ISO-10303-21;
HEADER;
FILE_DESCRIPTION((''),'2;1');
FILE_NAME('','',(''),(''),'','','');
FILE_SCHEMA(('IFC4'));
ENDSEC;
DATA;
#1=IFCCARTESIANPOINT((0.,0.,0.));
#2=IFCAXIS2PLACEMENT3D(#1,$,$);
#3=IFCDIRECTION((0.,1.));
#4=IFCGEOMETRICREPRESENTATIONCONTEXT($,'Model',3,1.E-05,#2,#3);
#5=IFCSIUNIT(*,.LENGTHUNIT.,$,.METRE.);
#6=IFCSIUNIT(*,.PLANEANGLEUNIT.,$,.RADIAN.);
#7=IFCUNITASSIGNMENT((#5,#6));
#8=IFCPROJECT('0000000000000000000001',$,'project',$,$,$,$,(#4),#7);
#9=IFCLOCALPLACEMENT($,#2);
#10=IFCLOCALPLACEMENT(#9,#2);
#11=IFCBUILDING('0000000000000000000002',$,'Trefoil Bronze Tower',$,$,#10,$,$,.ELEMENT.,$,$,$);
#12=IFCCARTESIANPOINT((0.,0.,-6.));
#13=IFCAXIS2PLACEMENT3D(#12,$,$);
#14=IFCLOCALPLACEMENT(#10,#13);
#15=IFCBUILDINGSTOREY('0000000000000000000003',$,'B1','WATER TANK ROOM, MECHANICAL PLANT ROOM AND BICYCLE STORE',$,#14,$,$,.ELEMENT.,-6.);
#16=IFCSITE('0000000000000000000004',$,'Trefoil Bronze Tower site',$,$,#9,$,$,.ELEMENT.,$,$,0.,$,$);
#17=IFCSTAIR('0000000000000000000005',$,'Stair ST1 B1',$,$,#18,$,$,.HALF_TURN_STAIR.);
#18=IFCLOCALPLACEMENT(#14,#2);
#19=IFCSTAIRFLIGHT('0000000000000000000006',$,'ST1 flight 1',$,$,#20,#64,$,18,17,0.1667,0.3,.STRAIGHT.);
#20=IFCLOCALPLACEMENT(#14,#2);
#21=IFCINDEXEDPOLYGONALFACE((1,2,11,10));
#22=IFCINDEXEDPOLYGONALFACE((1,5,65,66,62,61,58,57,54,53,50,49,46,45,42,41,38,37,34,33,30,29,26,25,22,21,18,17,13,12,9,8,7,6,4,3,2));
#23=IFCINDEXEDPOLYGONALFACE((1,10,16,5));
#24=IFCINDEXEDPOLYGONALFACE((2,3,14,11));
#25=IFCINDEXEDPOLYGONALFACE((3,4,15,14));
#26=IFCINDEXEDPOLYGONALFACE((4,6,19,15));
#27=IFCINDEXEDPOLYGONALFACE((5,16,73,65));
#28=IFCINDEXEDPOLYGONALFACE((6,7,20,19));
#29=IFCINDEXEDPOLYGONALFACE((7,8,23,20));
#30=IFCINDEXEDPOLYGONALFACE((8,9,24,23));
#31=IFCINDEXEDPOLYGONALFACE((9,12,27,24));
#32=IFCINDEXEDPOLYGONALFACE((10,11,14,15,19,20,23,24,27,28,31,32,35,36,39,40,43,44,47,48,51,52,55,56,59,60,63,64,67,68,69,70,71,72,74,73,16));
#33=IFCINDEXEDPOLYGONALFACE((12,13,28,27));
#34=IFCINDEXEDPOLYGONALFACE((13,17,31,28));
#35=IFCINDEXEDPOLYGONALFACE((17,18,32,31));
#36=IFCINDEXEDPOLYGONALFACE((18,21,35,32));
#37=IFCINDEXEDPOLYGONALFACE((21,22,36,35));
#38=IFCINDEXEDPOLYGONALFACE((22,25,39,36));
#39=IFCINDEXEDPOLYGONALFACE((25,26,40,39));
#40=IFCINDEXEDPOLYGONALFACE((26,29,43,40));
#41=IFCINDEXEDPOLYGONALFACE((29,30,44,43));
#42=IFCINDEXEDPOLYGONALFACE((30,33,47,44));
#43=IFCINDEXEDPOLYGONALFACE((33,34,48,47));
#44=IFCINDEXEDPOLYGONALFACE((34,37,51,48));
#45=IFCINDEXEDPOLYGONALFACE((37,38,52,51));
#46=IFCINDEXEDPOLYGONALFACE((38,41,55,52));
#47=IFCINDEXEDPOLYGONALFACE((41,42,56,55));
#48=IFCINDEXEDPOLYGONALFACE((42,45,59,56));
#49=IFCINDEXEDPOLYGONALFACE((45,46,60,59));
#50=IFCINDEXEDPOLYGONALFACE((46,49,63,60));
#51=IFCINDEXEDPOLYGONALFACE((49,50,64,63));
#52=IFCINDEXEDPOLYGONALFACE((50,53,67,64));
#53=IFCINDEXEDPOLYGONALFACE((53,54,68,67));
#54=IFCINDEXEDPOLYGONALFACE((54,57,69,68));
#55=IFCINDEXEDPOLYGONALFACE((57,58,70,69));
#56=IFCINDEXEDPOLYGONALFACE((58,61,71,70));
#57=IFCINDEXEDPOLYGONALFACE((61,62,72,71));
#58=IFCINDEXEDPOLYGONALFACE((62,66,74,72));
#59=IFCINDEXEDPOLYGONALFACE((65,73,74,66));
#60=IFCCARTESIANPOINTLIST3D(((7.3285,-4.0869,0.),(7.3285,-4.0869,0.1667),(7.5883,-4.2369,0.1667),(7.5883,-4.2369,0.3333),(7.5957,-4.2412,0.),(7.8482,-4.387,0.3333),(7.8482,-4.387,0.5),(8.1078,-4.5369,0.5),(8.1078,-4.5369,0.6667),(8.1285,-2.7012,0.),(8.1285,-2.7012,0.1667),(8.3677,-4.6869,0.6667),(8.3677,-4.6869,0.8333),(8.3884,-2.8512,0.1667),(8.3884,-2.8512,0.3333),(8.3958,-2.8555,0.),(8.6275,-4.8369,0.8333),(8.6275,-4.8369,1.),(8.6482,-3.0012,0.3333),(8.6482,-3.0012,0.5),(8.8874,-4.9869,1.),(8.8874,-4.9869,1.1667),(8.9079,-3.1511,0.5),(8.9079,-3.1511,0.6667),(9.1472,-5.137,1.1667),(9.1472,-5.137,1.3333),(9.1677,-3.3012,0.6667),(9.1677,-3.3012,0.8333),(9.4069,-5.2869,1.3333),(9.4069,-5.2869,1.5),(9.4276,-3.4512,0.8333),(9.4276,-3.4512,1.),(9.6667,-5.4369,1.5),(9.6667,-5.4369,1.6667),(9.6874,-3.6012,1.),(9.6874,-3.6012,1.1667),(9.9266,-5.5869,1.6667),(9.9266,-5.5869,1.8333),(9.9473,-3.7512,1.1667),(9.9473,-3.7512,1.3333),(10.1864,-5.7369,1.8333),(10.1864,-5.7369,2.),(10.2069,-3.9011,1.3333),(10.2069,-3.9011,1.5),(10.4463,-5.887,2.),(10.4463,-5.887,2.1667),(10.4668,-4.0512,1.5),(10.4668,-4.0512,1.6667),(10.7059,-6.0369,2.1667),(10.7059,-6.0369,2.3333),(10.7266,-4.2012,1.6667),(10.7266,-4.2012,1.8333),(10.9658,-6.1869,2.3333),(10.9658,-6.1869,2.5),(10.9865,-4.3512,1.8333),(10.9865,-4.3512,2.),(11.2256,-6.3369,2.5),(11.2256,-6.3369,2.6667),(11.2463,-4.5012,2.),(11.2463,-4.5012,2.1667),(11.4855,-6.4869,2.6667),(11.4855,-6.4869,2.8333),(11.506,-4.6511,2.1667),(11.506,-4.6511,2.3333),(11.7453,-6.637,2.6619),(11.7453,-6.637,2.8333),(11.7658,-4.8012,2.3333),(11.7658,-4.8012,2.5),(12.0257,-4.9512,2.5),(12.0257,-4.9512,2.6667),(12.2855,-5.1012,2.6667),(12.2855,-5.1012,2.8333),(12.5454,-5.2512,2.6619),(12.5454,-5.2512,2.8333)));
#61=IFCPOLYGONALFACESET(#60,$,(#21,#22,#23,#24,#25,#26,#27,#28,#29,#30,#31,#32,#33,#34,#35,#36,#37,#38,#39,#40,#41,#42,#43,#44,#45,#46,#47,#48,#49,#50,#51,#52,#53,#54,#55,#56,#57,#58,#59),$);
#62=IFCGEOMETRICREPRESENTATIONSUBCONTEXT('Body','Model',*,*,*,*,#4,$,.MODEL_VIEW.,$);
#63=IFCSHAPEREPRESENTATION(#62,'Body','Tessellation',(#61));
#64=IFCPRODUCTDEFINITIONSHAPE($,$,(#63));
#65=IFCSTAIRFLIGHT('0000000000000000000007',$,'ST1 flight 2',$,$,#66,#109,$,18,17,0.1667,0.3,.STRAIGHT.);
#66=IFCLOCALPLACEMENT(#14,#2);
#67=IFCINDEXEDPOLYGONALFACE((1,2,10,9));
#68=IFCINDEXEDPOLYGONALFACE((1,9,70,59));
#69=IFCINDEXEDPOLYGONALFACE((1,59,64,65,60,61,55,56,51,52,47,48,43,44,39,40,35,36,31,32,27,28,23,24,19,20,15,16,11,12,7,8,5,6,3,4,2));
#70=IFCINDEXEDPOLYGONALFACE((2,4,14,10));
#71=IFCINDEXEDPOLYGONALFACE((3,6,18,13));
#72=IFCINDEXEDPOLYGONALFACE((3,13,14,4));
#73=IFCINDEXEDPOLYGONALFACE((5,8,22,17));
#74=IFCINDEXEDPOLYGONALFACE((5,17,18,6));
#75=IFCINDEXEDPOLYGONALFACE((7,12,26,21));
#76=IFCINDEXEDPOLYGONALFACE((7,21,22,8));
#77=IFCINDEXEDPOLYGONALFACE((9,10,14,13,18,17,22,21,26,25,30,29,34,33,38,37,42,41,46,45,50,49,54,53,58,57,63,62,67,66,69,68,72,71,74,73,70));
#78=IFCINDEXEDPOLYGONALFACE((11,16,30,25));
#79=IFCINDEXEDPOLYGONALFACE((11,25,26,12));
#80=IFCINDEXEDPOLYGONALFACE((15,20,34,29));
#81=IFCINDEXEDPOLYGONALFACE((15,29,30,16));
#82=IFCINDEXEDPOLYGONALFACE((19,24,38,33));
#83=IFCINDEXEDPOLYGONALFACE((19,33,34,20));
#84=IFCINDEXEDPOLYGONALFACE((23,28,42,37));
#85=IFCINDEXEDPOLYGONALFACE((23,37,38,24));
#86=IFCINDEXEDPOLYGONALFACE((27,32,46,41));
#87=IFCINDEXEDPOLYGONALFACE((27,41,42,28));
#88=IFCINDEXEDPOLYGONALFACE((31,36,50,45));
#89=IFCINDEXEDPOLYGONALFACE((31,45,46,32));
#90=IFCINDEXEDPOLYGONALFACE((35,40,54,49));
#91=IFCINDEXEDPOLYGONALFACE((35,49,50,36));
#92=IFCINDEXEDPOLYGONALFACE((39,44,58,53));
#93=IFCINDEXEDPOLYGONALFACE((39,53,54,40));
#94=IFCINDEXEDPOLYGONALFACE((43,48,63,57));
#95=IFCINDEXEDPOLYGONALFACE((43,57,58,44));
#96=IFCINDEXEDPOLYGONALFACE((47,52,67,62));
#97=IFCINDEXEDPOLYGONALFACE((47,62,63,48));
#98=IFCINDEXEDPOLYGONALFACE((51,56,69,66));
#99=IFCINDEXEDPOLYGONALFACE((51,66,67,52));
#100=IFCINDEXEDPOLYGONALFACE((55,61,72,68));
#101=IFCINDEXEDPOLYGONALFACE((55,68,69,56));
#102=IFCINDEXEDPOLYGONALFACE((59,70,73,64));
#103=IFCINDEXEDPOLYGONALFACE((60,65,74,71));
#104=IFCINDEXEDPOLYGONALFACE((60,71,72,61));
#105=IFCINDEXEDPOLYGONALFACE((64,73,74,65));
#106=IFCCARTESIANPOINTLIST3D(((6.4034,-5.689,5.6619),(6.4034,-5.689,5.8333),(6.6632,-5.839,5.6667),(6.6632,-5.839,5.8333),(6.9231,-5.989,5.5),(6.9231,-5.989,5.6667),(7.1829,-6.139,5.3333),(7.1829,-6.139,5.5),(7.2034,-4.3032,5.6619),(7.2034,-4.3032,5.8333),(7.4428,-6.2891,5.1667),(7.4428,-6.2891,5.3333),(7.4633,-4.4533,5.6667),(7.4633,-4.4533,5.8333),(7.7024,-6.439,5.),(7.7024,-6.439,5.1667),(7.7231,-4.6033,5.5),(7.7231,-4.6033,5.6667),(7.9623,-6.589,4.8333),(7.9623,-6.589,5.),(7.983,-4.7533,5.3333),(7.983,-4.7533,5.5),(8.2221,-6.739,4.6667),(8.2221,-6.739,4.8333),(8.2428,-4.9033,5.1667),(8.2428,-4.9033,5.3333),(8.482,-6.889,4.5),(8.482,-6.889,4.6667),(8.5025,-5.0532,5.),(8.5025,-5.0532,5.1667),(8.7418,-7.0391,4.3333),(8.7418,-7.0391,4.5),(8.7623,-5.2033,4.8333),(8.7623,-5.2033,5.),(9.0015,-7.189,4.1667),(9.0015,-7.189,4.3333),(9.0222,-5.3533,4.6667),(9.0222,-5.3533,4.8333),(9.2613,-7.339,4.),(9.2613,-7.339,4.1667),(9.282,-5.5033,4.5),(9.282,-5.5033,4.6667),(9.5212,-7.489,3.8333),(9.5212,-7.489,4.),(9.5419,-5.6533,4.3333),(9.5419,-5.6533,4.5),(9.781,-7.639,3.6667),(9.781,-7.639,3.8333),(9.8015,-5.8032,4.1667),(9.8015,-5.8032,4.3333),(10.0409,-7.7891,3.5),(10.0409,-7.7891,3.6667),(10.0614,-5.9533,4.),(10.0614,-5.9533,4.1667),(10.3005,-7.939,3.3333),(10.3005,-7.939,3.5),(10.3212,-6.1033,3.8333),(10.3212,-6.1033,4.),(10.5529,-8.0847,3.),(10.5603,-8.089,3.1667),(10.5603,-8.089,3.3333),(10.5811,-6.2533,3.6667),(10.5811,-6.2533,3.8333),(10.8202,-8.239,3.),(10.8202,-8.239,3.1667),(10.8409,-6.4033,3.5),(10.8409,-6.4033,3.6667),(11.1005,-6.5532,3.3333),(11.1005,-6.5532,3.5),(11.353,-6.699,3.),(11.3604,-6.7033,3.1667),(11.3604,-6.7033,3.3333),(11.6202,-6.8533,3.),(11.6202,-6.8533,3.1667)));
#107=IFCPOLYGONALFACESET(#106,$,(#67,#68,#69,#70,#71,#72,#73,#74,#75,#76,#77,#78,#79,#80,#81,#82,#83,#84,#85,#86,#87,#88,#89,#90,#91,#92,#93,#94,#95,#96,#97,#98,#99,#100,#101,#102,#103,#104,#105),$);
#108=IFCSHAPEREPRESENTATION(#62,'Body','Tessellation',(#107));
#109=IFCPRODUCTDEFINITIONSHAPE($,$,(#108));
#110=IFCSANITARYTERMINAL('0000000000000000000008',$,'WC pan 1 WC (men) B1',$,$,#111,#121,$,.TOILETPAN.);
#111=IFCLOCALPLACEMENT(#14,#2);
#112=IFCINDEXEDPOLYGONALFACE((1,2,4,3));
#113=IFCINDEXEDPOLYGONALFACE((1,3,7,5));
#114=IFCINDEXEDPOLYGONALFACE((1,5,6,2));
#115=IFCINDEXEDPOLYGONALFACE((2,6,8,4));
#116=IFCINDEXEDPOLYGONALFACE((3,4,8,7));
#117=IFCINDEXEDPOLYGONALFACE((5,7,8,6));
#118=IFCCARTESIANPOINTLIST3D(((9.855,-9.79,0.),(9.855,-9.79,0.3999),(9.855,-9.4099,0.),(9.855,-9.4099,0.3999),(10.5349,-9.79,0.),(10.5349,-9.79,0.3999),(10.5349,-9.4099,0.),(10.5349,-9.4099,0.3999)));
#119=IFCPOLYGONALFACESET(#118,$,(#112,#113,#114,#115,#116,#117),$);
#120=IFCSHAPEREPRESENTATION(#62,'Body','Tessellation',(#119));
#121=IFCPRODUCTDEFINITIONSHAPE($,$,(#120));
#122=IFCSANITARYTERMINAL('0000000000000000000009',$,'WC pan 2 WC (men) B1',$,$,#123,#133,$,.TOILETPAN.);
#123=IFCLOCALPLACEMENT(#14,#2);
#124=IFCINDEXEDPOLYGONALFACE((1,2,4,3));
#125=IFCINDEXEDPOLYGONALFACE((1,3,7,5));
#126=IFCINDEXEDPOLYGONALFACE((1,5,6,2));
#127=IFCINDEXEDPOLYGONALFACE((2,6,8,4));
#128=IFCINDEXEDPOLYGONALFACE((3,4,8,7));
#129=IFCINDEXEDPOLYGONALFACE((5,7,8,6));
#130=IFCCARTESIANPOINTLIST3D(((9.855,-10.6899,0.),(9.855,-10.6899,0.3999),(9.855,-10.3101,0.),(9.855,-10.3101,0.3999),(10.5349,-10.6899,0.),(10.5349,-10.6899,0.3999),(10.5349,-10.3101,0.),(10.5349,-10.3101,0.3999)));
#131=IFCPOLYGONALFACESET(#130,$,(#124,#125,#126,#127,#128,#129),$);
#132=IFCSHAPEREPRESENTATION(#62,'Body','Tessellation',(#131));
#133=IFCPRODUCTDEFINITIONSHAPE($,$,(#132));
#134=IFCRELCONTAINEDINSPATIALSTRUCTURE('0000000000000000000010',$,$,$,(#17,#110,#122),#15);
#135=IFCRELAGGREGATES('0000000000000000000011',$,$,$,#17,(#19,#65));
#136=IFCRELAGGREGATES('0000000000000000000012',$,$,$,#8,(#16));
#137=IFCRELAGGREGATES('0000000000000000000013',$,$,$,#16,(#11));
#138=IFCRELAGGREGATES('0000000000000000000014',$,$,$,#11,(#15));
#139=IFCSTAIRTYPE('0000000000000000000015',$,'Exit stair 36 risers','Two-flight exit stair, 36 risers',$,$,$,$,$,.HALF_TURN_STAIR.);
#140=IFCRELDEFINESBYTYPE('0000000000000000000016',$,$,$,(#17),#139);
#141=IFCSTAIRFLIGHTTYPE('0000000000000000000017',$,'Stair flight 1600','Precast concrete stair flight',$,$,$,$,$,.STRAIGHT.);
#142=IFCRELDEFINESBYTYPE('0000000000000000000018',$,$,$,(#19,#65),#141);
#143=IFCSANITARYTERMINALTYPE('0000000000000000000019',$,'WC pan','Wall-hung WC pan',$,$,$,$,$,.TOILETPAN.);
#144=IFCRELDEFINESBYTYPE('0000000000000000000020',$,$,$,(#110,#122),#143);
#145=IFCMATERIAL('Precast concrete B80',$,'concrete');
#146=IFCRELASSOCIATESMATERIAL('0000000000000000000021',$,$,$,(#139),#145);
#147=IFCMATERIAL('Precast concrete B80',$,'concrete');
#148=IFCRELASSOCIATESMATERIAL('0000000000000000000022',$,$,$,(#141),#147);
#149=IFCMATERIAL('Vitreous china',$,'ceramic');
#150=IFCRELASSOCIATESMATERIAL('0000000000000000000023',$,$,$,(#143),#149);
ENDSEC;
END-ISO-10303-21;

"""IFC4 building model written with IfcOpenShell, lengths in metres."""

from ifc_helpers import new_model, si_unit, direction, frame, origin, place, context, subcontext, project, spatial, polyline, outline, extrude, material, type_object, element, aggregate, save


model = new_model("IFC4")

# Units and contexts
model_context = context("Model", 3, precision=1e-05, world=origin(), true_north=direction((0.0, 1.0)))
body_context = subcontext(model_context, "Body", "Model", "MODEL_VIEW")
ifc_project = project(units=[si_unit("LENGTHUNIT", "METRE"), si_unit("PLANEANGLEUNIT", "RADIAN")], contexts=[model_context])

# Site, building, storey
site_placement = place(None, origin())
site = spatial("IfcSite", under=ifc_project, at=site_placement, Name="Trefoil Bronze Tower site", CompositionType="ELEMENT", RefElevation=0.0)
building_placement = place(site_placement, origin())
building = spatial("IfcBuilding", under=site, at=building_placement, Name="Trefoil Bronze Tower", CompositionType="ELEMENT")
storey_placement = place(building_placement, frame((0.0, 0.0, -6.0)))
storey = spatial("IfcBuildingStorey", under=building, at=storey_placement, Name="B1", Description="WATER TANK ROOM, MECHANICAL PLANT ROOM AND BICYCLE STORE", CompositionType="ELEMENT", Elevation=-6.0)

# Stair, stair flights
ifc_material_1 = material(Name="Precast concrete B80", Category="concrete")
stair_type = type_object("IfcStairType", Name="Exit stair 36 risers", Description="Two-flight exit stair, 36 risers", PredefinedType="HALF_TURN_STAIR", material=ifc_material_1)
stair_placement = place(storey_placement, origin())
stair = element("IfcStair", 1, at=stair_placement, inside=storey, type_object=stair_type, Name="Stair ST1 B1", PredefinedType="HALF_TURN_STAIR")
ifc_material_2 = material(Name="Precast concrete B80", Category="concrete")
stair_flight_type = type_object("IfcStairFlightType", Name="Stair flight 1600", Description="Precast concrete stair flight", PredefinedType="STRAIGHT", material=ifc_material_2)
stair_flight_1_placement = place(storey_placement, frame((7.7285, -3.394, 0.0), z_axis=(0.0, 0.0, 1.0), x_axis=(0.866025, -0.5, 0.0)))
stair_flight_1 = element("IfcStairFlight", 2, at=stair_flight_1_placement, type_object=stair_flight_type, Name="ST1 flight 1", NumberOfRisers=18, NumberOfTreads=17, PredefinedType="STRAIGHT", RiserHeight=0.1667, TreadLength=0.3, context=body_context, shape_type="SweptSolid", body=[
    extrude(outline(polyline([(0.0, 0.0), (0.0, 0.1667), (0.3, 0.1667), (0.3, 0.3333), (0.6001, 0.3333), (0.6001, 0.5), (0.8999, 0.5), (0.8999, 0.6667), (1.2, 0.6667), (1.2, 0.8333), (1.5, 0.8333), (1.5, 1.0), (1.8, 1.0), (1.8, 1.1667), (2.1001, 1.1667), (2.1001, 1.3333), (2.3999, 1.3333), (2.3999, 1.5), (2.7, 1.5), (2.7, 1.6667), (3.0, 1.6667), (3.0, 1.8333), (3.3, 1.8333), (3.3, 2.0), (3.6001, 2.0), (3.6001, 2.1667), (3.8999, 2.1667), (3.8999, 2.3333), (4.2, 2.3333), (4.2, 2.5), (4.5, 2.5), (4.5, 2.6667), (4.8, 2.6667), (4.8, 2.8333), (5.1001, 2.8333), (5.1001, 3.0), (5.1001, 2.6619), (0.3086, 0.0), (0.0, 0.0)])), frame((0.0, 0.8, 0.0), z_axis=(0.0, -1.0, 0.0), x_axis=(1.0, 0.0, 0.0)), (0.0, 0.0, 1.0), 1.6001),
])
stair_flight_2_placement = place(storey_placement, frame((11.2202, -7.5461, 3.0), z_axis=(0.0, 0.0, 1.0), x_axis=(-0.866025, 0.5, 0.0)))
stair_flight_2 = element("IfcStairFlight", 3, at=stair_flight_2_placement, type_object=stair_flight_type, Name="ST1 flight 2", NumberOfRisers=18, NumberOfTreads=17, PredefinedType="STRAIGHT", RiserHeight=0.1667, TreadLength=0.3, context=body_context, shape_type="SweptSolid", body=[
    extrude(outline(polyline([(0.0, 0.0), (0.0, 0.1667), (0.3, 0.1667), (0.3, 0.3333), (0.6001, 0.3333), (0.6001, 0.5), (0.8999, 0.5), (0.8999, 0.6667), (1.2, 0.6667), (1.2, 0.8333), (1.5, 0.8333), (1.5, 1.0), (1.8, 1.0), (1.8, 1.1667), (2.1001, 1.1667), (2.1001, 1.3333), (2.3999, 1.3333), (2.3999, 1.5), (2.7, 1.5), (2.7, 1.6667), (3.0, 1.6667), (3.0, 1.8333), (3.3, 1.8333), (3.3, 2.0), (3.6001, 2.0), (3.6001, 2.1667), (3.8999, 2.1667), (3.8999, 2.3333), (4.2, 2.3333), (4.2, 2.5), (4.5, 2.5), (4.5, 2.6667), (4.8, 2.6667), (4.8, 2.8333), (5.1001, 2.8333), (5.1001, 3.0), (5.1001, 2.6619), (0.3086, 0.0), (0.0, 0.0)])), frame((0.0, 0.8, 0.0), z_axis=(0.0, -1.0, 0.0), x_axis=(1.0, 0.0, 0.0)), (0.0, 0.0, 1.0), 1.6001),
])
aggregate(stair, [stair_flight_1, stair_flight_2])

# Sanitary terminals
ifc_material_3 = material(Name="Vitreous china", Category="ceramic")
sanitary_terminal_type = type_object("IfcSanitaryTerminalType", Name="WC pan", Description="Wall-hung WC pan", PredefinedType="TOILETPAN", material=ifc_material_3)
sanitary_terminal_1_placement = place(storey_placement, origin())
element("IfcSanitaryTerminal", 4, at=sanitary_terminal_1_placement, inside=storey, type_object=sanitary_terminal_type, Name="WC pan 1 WC (men) B1", PredefinedType="TOILETPAN", context=body_context, shape_type="SweptSolid", body=[
    extrude(outline(polyline([(9.855, -9.4099), (10.5349, -9.4099), (10.5349, -9.79), (9.855, -9.79), (9.855, -9.4099)])), origin(), (0.0, 0.0, 1.0), 0.3999),
])
sanitary_terminal_2_placement = place(storey_placement, origin())
element("IfcSanitaryTerminal", 5, at=sanitary_terminal_2_placement, inside=storey, type_object=sanitary_terminal_type, Name="WC pan 2 WC (men) B1", PredefinedType="TOILETPAN", context=body_context, shape_type="SweptSolid", body=[
    extrude(outline(polyline([(9.855, -10.3101), (10.5349, -10.3101), (10.5349, -10.6899), (9.855, -10.6899), (9.855, -10.3101)])), origin(), (0.0, 0.0, 1.0), 0.3999),
])

save(model, "model.ifc")
